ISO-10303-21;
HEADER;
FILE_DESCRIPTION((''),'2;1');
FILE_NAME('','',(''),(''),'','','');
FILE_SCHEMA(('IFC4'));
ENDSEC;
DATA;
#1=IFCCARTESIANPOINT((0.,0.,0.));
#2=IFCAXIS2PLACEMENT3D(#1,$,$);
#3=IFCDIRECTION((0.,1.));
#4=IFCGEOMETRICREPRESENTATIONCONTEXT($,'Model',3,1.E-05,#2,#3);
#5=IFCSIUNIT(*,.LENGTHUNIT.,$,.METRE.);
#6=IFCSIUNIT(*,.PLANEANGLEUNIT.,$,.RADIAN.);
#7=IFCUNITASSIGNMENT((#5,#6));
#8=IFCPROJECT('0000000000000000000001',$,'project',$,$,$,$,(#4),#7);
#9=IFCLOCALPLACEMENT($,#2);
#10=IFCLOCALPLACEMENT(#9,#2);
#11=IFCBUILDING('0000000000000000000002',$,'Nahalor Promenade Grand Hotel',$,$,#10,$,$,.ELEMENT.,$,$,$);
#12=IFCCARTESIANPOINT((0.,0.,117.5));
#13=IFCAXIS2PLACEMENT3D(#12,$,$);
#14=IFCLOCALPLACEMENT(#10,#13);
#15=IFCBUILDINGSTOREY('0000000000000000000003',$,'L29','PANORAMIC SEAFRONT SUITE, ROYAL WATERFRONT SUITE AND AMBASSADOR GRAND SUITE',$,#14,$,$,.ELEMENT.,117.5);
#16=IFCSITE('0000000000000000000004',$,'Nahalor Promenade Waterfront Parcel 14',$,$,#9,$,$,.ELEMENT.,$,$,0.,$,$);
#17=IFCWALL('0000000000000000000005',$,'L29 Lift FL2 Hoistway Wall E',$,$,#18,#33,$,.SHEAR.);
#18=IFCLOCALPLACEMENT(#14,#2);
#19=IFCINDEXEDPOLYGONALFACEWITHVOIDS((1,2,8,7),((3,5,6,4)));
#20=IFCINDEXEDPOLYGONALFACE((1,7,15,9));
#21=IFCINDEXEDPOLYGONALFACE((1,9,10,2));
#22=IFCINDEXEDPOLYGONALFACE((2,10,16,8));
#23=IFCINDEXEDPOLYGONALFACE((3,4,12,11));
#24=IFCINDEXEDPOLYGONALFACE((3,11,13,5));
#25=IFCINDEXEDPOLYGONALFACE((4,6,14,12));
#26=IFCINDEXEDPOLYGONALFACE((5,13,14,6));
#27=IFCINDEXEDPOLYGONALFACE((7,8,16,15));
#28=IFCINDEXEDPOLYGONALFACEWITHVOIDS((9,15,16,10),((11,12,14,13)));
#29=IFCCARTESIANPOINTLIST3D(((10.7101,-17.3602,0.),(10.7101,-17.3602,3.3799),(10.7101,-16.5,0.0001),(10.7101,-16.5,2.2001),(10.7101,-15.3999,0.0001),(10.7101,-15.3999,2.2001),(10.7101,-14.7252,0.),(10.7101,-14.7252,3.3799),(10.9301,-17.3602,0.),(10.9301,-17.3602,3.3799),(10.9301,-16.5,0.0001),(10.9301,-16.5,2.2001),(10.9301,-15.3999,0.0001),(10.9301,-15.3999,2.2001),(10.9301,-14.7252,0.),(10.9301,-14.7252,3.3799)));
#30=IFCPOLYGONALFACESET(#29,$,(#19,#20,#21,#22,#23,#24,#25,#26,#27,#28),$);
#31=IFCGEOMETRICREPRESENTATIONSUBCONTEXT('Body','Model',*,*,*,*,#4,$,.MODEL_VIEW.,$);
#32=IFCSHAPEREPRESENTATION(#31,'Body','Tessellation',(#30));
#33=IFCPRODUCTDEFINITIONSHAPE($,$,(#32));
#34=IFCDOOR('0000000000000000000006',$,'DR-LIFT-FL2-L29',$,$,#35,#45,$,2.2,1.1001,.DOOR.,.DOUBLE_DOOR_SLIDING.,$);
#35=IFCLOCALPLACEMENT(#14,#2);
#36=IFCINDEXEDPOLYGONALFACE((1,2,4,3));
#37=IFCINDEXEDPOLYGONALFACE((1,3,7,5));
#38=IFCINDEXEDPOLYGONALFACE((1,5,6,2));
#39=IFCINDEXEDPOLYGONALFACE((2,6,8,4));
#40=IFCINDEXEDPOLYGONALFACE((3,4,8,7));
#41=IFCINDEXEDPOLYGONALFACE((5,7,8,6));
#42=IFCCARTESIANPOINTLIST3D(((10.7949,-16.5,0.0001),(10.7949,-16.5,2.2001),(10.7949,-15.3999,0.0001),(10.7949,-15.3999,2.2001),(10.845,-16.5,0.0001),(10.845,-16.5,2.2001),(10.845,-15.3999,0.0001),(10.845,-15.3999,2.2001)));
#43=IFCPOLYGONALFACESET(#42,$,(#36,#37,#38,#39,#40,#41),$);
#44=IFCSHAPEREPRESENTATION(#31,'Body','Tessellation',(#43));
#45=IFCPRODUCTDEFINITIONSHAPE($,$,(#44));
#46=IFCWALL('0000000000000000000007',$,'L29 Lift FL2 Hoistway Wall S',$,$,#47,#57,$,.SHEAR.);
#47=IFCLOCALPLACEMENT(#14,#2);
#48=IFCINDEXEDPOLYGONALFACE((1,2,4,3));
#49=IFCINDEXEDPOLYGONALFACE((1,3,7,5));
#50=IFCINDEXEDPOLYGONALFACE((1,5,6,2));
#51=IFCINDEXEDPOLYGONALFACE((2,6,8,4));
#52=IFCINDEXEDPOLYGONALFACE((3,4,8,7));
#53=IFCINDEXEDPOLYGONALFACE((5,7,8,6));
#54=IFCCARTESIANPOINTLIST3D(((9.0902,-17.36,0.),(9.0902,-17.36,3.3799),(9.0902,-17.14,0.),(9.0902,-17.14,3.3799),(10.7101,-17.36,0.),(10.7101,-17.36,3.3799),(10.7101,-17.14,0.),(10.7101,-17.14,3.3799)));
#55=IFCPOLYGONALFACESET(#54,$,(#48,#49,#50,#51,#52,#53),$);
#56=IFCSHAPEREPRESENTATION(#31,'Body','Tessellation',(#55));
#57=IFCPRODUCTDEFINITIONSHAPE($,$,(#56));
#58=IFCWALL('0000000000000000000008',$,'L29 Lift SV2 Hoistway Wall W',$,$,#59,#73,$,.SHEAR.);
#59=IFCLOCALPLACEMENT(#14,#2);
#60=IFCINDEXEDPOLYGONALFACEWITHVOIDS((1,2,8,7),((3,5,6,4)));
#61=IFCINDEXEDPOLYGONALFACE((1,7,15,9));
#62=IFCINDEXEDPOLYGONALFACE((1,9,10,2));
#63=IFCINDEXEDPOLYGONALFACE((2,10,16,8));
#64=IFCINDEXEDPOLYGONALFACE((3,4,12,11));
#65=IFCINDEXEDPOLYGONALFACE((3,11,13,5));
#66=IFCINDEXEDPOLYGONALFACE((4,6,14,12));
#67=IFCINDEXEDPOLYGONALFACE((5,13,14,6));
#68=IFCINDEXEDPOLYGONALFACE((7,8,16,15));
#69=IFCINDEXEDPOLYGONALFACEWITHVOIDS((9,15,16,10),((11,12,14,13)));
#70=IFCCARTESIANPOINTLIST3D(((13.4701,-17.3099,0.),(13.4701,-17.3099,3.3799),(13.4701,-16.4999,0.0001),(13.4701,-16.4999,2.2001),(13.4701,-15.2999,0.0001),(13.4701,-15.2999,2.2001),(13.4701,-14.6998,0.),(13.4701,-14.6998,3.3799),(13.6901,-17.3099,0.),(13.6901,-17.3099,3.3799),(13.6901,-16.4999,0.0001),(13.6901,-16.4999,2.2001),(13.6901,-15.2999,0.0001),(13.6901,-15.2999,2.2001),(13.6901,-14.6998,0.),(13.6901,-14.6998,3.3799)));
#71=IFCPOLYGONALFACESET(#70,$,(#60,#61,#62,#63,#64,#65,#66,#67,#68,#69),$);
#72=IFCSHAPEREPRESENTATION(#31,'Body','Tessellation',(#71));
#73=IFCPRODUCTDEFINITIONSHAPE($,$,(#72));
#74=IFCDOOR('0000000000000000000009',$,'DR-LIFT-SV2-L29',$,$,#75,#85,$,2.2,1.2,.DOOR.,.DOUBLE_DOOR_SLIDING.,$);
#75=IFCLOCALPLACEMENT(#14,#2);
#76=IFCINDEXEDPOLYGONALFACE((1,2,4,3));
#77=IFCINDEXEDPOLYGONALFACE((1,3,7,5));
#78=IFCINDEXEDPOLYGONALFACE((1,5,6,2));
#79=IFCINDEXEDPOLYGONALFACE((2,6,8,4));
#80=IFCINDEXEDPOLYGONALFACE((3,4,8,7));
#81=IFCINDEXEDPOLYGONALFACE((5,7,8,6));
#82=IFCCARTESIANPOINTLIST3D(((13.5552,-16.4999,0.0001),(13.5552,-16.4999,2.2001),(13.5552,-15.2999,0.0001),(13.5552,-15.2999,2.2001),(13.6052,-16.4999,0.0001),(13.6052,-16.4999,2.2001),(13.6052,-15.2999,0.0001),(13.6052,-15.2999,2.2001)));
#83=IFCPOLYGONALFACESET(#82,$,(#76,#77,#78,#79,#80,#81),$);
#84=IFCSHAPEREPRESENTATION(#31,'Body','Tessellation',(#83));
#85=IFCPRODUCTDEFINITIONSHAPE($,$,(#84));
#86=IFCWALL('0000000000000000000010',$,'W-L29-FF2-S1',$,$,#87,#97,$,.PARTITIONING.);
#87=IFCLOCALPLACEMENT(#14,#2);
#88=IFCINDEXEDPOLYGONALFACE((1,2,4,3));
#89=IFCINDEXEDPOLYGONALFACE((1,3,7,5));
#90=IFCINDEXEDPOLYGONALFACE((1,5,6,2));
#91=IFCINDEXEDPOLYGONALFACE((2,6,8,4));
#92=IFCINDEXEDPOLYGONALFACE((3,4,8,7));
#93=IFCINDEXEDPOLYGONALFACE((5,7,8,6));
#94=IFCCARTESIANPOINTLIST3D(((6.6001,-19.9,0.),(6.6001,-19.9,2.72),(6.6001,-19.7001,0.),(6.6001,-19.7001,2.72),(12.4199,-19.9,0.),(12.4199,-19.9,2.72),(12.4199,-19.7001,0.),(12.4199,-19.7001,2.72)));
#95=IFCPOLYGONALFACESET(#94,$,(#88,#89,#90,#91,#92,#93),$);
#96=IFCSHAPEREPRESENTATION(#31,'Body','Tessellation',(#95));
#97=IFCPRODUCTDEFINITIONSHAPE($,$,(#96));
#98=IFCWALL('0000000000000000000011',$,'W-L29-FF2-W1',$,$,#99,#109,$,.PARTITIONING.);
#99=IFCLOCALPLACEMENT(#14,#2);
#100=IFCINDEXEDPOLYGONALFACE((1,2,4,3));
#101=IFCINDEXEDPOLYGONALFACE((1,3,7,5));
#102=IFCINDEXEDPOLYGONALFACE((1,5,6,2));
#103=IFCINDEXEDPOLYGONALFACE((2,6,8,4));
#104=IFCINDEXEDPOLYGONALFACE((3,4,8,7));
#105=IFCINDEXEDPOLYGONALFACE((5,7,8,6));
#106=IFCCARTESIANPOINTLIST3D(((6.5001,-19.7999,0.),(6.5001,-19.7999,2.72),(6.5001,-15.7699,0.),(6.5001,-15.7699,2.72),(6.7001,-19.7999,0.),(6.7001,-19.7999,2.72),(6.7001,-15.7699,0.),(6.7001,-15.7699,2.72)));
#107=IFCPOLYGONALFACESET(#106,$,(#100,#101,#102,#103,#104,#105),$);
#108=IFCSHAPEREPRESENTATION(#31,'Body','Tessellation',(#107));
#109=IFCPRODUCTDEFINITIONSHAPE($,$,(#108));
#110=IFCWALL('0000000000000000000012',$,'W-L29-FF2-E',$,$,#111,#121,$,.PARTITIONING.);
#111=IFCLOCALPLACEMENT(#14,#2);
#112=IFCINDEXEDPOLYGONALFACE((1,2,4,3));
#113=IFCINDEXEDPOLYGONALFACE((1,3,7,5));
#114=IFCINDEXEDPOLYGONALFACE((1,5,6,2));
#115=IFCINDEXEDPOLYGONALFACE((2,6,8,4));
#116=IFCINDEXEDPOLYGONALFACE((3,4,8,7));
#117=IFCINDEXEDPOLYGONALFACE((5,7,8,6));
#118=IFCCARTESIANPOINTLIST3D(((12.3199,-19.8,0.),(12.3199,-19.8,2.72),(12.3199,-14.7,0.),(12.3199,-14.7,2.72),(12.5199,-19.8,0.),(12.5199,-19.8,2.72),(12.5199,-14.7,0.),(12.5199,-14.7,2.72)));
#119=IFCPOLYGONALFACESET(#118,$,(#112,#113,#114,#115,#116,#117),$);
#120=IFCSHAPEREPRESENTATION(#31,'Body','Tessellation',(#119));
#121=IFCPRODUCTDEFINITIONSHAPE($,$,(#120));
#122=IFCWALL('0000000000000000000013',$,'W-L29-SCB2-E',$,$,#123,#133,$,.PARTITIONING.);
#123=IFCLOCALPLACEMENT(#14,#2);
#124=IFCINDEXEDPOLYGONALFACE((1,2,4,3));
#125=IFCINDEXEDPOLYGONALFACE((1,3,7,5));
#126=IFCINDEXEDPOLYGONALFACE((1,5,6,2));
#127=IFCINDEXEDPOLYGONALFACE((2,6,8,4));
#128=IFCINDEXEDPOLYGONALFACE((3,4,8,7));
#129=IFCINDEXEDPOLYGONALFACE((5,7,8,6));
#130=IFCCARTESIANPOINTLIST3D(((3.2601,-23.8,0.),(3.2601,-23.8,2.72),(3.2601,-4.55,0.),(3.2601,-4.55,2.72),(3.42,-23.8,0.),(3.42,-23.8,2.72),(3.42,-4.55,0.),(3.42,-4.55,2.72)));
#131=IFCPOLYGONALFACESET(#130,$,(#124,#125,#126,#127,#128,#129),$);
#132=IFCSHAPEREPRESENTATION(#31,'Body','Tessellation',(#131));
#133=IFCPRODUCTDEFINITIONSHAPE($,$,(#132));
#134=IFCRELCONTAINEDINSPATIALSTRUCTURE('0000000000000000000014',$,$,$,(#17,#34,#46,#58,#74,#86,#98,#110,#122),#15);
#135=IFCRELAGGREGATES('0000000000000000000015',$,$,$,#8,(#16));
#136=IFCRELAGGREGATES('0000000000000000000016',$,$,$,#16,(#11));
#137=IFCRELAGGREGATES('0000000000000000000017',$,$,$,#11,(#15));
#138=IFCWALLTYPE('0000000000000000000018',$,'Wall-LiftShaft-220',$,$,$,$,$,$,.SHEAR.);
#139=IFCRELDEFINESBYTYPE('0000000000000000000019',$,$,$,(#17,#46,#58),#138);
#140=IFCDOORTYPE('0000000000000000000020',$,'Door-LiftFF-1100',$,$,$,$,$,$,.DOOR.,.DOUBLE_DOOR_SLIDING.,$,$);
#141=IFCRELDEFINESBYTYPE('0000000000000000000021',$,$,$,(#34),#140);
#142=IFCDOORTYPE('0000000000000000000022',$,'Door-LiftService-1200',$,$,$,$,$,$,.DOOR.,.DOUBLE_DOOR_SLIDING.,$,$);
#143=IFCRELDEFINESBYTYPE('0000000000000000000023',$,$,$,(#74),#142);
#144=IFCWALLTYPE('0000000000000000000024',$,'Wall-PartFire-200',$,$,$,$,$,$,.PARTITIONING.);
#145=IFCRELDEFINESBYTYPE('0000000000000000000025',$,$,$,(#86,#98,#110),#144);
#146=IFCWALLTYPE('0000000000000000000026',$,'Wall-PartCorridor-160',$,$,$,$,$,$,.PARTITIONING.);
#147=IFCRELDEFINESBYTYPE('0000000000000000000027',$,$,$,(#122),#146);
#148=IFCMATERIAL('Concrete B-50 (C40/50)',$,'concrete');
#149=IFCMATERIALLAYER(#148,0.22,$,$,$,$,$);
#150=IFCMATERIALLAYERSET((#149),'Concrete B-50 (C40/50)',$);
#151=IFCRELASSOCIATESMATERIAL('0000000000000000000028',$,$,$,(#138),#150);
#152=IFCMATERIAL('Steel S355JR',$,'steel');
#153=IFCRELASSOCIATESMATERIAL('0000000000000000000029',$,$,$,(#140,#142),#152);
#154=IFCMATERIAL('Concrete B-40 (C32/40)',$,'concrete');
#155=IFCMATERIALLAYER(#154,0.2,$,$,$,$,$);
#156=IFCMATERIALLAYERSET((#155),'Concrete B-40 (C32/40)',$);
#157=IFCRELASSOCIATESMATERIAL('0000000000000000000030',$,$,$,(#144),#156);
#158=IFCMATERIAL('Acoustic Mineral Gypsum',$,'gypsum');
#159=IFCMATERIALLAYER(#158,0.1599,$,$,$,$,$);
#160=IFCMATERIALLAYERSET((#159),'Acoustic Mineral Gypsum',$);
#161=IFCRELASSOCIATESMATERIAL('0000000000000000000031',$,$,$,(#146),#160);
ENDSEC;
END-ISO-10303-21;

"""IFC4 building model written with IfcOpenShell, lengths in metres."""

from ifc_helpers import new_model, si_unit, direction, frame, frame_2d, origin, place, context, subcontext, project, spatial, rectangle, extrude, source, transform, mapped, material, layer, layer_set, type_object, element, fill, save


model = new_model("IFC4")

# Units and contexts
model_context = context("Model", 3, precision=1e-05, world=origin(), true_north=direction((0.0, 1.0)))
body_context = subcontext(model_context, "Body", "Model", "MODEL_VIEW")
ifc_project = project(units=[si_unit("LENGTHUNIT", "METRE"), si_unit("PLANEANGLEUNIT", "RADIAN")], contexts=[model_context])

# Site, building, storey
site_placement = place(None, origin())
site = spatial("IfcSite", under=ifc_project, at=site_placement, Name="Nahalor Promenade Waterfront Parcel 14", CompositionType="ELEMENT", RefElevation=0.0)
building_placement = place(site_placement, origin())
building = spatial("IfcBuilding", under=site, at=building_placement, Name="Nahalor Promenade Grand Hotel", CompositionType="ELEMENT")
storey_placement = place(building_placement, frame((0.0, 0.0, 117.5)))
storey = spatial("IfcBuildingStorey", under=building, at=storey_placement, Name="L29", Description="PANORAMIC SEAFRONT SUITE, ROYAL WATERFRONT SUITE AND AMBASSADOR GRAND SUITE", CompositionType="ELEMENT", Elevation=117.5)

# Shared definitions
ifc_material_1 = material(Name="Steel S355JR", Category="steel")

# Shared definitions
ifc_material_2 = material(Name="Concrete B-50 (C40/50)", Category="concrete")

# Shared definitions
ifc_layer_1 = layer(ifc_material_2, 0.22)
ifc_layer_set_1 = layer_set([ifc_layer_1], Name="Concrete B-50 (C40/50)")
wall_type_1 = type_object("IfcWallType", Name="Wall-LiftShaft-220", PredefinedType="SHEAR", material=ifc_layer_set_1)
shared_shape_1 = source(origin(), body_context, "Body", "SweptSolid", [
    extrude(rectangle(XDim=2.635, YDim=0.22, at=frame_2d((1.3174, 0.0))), origin(), (0.0, 0.0, 1.0), 3.3799),
])

# Wall, opening, door
wall_1_placement = place(storey_placement, frame((10.8201, -17.3601, 0.0), z_axis=(0.0, 0.0, 1.0), x_axis=(0.0, 1.0, 0.0)))
wall_1 = element("IfcWall", 1, at=wall_1_placement, inside=storey, type_object=wall_type_1, Name="L29 Lift FL2 Hoistway Wall E", PredefinedType="SHEAR", context=body_context, shape_type="MappedRepresentation", body=[
    mapped(shared_shape_1, transform((0.0, 0.0, 0.0), scale=1.0)),
])
opening_1_placement = place(wall_1_placement, frame((0.8601, 0.0, 0.0)))
opening_1 = element("IfcOpeningElement", 2, at=opening_1_placement, cuts=wall_1, PredefinedType="OPENING", context=body_context, shape_type="SweptSolid", body=[
    extrude(rectangle(XDim=1.1001, YDim=2.2, at=frame_2d((0.55, 1.1001))), frame((0.0, 0.1199, 0.0), z_axis=(0.0, -1.0, 0.0), x_axis=(1.0, 0.0, 0.0)), (0.0, 0.0, 1.0), 0.24),
])
door_type_1 = type_object("IfcDoorType", Name="Door-LiftFF-1100", OperationType="DOUBLE_DOOR_SLIDING", PredefinedType="DOOR", material=ifc_material_1)
shared_shape_2 = source(origin(), body_context, "Body", "SweptSolid", [
    extrude(rectangle(XDim=1.1001, YDim=2.2, at=frame_2d((0.55, 1.1001))), frame((0.0, 0.0249, 0.0), z_axis=(0.0, -1.0, 0.0), x_axis=(1.0, 0.0, 0.0)), (0.0, 0.0, 1.0), 0.05),
])
door_1_placement = place(opening_1_placement, frame((1.1001, 0.0, 0.0), z_axis=(0.0, 0.0, 1.0), x_axis=(-1.0, 0.0, 0.0)))
door_1 = element("IfcDoor", 3, at=door_1_placement, inside=storey, type_object=door_type_1, Name="DR-LIFT-FL2-L29", OperationType="DOUBLE_DOOR_SLIDING", OverallHeight=2.2, OverallWidth=1.1001, PredefinedType="DOOR", context=body_context, shape_type="MappedRepresentation", body=[
    mapped(shared_shape_2, transform((0.0, 0.0, 0.0), scale=1.0)),
])
fill(opening_1, door_1)

# Wall
shared_shape_3 = source(origin(), body_context, "Body", "SweptSolid", [
    extrude(rectangle(XDim=1.6199, YDim=0.22, at=frame_2d((0.8101, 0.0))), origin(), (0.0, 0.0, 1.0), 3.3799),
])
wall_2_placement = place(storey_placement, frame((9.0901, -17.25, 0.0), z_axis=(0.0, 0.0, 1.0), x_axis=(1.0, 0.0, 0.0)))
element("IfcWall", 4, at=wall_2_placement, inside=storey, type_object=wall_type_1, Name="L29 Lift FL2 Hoistway Wall S", PredefinedType="SHEAR", context=body_context, shape_type="MappedRepresentation", body=[
    mapped(shared_shape_3, transform((0.0, 0.0, 0.0), scale=1.0)),
])

# Wall, opening, door
shared_shape_4 = source(origin(), body_context, "Body", "SweptSolid", [
    extrude(rectangle(XDim=2.6101, YDim=0.22, at=frame_2d((1.3052, 0.0))), origin(), (0.0, 0.0, 1.0), 3.3799),
])
wall_3_placement = place(storey_placement, frame((13.5801, -17.3101, 0.0), z_axis=(0.0, 0.0, 1.0), x_axis=(0.0, 1.0, 0.0)))
wall_3 = element("IfcWall", 5, at=wall_3_placement, inside=storey, type_object=wall_type_1, Name="L29 Lift SV2 Hoistway Wall W", PredefinedType="SHEAR", context=body_context, shape_type="MappedRepresentation", body=[
    mapped(shared_shape_4, transform((0.0, 0.0, 0.0), scale=1.0)),
])
opening_2_placement = place(wall_3_placement, frame((0.8101, 0.0, 0.0)))
opening_2 = element("IfcOpeningElement", 6, at=opening_2_placement, cuts=wall_3, PredefinedType="OPENING", context=body_context, shape_type="SweptSolid", body=[
    extrude(rectangle(XDim=1.2, YDim=2.2, at=frame_2d((0.6001, 1.1001))), frame((0.0, 0.1199, 0.0), z_axis=(0.0, -1.0, 0.0), x_axis=(1.0, 0.0, 0.0)), (0.0, 0.0, 1.0), 0.24),
])
door_type_2 = type_object("IfcDoorType", Name="Door-LiftService-1200", OperationType="DOUBLE_DOOR_SLIDING", PredefinedType="DOOR", material=ifc_material_1)
shared_shape_5 = source(origin(), body_context, "Body", "SweptSolid", [
    extrude(rectangle(XDim=1.2, YDim=2.2, at=frame_2d((0.6001, 1.1001))), frame((0.0, 0.0249, 0.0), z_axis=(0.0, -1.0, 0.0), x_axis=(1.0, 0.0, 0.0)), (0.0, 0.0, 1.0), 0.05),
])
door_2_placement = place(opening_2_placement, origin())
door_2 = element("IfcDoor", 7, at=door_2_placement, inside=storey, type_object=door_type_2, Name="DR-LIFT-SV2-L29", OperationType="DOUBLE_DOOR_SLIDING", OverallHeight=2.2, OverallWidth=1.2, PredefinedType="DOOR", context=body_context, shape_type="MappedRepresentation", body=[
    mapped(shared_shape_5, transform((0.0, 0.0, 0.0), scale=1.0)),
])
fill(opening_2, door_2)

# Walls
ifc_material_3 = material(Name="Concrete B-40 (C32/40)", Category="concrete")
ifc_layer_2 = layer(ifc_material_3, 0.2)
ifc_layer_set_2 = layer_set([ifc_layer_2], Name="Concrete B-40 (C32/40)")
wall_type_2 = type_object("IfcWallType", Name="Wall-PartFire-200", PredefinedType="PARTITIONING", material=ifc_layer_set_2)
shared_shape_6 = source(origin(), body_context, "Body", "SweptSolid", [
    extrude(rectangle(XDim=5.8198, YDim=0.2, at=frame_2d((2.9099, 0.0))), origin(), (0.0, 0.0, 1.0), 2.72),
])
wall_4_placement = place(storey_placement, frame((6.6001, -19.8, 0.0), z_axis=(0.0, 0.0, 1.0), x_axis=(1.0, 0.0, 0.0)))
element("IfcWall", 8, at=wall_4_placement, inside=storey, type_object=wall_type_2, Name="W-L29-FF2-S1", PredefinedType="PARTITIONING", context=body_context, shape_type="MappedRepresentation", body=[
    mapped(shared_shape_6, transform((0.0, 0.0, 0.0), scale=1.0)),
])
shared_shape_7 = source(origin(), body_context, "Body", "SweptSolid", [
    extrude(rectangle(XDim=4.03, YDim=0.2, at=frame_2d((2.0151, 0.0))), origin(), (0.0, 0.0, 1.0), 2.72),
])
wall_5_placement = place(storey_placement, frame((6.6001, -19.8, 0.0), z_axis=(0.0, 0.0, 1.0), x_axis=(0.0, 1.0, 0.0)))
element("IfcWall", 9, at=wall_5_placement, inside=storey, type_object=wall_type_2, Name="W-L29-FF2-W1", PredefinedType="PARTITIONING", context=body_context, shape_type="MappedRepresentation", body=[
    mapped(shared_shape_7, transform((0.0, 0.0, 0.0), scale=1.0)),
])
shared_shape_8 = source(origin(), body_context, "Body", "SweptSolid", [
    extrude(rectangle(XDim=5.1001, YDim=0.2, at=frame_2d((2.55, 0.0))), origin(), (0.0, 0.0, 1.0), 2.72),
])
wall_6_placement = place(storey_placement, frame((12.4199, -19.8, 0.0), z_axis=(0.0, 0.0, 1.0), x_axis=(0.0, 1.0, 0.0)))
element("IfcWall", 10, at=wall_6_placement, inside=storey, type_object=wall_type_2, Name="W-L29-FF2-E", PredefinedType="PARTITIONING", context=body_context, shape_type="MappedRepresentation", body=[
    mapped(shared_shape_8, transform((0.0, 0.0, 0.0), scale=1.0)),
])
ifc_material_4 = material(Name="Acoustic Mineral Gypsum", Category="gypsum")
ifc_layer_3 = layer(ifc_material_4, 0.1599)
ifc_layer_set_3 = layer_set([ifc_layer_3], Name="Acoustic Mineral Gypsum")
wall_type_3 = type_object("IfcWallType", Name="Wall-PartCorridor-160", PredefinedType="PARTITIONING", material=ifc_layer_set_3)
shared_shape_9 = source(origin(), body_context, "Body", "SweptSolid", [
    extrude(rectangle(XDim=19.25, YDim=0.1599, at=frame_2d((9.625, 0.0))), origin(), (0.0, 0.0, 1.0), 2.72),
])
wall_7_placement = place(storey_placement, frame((3.3401, -23.8, 0.0), z_axis=(0.0, 0.0, 1.0), x_axis=(0.0, 1.0, 0.0)))
element("IfcWall", 11, at=wall_7_placement, inside=storey, type_object=wall_type_3, Name="W-L29-SCB2-E", PredefinedType="PARTITIONING", context=body_context, shape_type="MappedRepresentation", body=[
    mapped(shared_shape_9, transform((0.0, 0.0, 0.0), scale=1.0)),
])

save(model, "model.ifc")
